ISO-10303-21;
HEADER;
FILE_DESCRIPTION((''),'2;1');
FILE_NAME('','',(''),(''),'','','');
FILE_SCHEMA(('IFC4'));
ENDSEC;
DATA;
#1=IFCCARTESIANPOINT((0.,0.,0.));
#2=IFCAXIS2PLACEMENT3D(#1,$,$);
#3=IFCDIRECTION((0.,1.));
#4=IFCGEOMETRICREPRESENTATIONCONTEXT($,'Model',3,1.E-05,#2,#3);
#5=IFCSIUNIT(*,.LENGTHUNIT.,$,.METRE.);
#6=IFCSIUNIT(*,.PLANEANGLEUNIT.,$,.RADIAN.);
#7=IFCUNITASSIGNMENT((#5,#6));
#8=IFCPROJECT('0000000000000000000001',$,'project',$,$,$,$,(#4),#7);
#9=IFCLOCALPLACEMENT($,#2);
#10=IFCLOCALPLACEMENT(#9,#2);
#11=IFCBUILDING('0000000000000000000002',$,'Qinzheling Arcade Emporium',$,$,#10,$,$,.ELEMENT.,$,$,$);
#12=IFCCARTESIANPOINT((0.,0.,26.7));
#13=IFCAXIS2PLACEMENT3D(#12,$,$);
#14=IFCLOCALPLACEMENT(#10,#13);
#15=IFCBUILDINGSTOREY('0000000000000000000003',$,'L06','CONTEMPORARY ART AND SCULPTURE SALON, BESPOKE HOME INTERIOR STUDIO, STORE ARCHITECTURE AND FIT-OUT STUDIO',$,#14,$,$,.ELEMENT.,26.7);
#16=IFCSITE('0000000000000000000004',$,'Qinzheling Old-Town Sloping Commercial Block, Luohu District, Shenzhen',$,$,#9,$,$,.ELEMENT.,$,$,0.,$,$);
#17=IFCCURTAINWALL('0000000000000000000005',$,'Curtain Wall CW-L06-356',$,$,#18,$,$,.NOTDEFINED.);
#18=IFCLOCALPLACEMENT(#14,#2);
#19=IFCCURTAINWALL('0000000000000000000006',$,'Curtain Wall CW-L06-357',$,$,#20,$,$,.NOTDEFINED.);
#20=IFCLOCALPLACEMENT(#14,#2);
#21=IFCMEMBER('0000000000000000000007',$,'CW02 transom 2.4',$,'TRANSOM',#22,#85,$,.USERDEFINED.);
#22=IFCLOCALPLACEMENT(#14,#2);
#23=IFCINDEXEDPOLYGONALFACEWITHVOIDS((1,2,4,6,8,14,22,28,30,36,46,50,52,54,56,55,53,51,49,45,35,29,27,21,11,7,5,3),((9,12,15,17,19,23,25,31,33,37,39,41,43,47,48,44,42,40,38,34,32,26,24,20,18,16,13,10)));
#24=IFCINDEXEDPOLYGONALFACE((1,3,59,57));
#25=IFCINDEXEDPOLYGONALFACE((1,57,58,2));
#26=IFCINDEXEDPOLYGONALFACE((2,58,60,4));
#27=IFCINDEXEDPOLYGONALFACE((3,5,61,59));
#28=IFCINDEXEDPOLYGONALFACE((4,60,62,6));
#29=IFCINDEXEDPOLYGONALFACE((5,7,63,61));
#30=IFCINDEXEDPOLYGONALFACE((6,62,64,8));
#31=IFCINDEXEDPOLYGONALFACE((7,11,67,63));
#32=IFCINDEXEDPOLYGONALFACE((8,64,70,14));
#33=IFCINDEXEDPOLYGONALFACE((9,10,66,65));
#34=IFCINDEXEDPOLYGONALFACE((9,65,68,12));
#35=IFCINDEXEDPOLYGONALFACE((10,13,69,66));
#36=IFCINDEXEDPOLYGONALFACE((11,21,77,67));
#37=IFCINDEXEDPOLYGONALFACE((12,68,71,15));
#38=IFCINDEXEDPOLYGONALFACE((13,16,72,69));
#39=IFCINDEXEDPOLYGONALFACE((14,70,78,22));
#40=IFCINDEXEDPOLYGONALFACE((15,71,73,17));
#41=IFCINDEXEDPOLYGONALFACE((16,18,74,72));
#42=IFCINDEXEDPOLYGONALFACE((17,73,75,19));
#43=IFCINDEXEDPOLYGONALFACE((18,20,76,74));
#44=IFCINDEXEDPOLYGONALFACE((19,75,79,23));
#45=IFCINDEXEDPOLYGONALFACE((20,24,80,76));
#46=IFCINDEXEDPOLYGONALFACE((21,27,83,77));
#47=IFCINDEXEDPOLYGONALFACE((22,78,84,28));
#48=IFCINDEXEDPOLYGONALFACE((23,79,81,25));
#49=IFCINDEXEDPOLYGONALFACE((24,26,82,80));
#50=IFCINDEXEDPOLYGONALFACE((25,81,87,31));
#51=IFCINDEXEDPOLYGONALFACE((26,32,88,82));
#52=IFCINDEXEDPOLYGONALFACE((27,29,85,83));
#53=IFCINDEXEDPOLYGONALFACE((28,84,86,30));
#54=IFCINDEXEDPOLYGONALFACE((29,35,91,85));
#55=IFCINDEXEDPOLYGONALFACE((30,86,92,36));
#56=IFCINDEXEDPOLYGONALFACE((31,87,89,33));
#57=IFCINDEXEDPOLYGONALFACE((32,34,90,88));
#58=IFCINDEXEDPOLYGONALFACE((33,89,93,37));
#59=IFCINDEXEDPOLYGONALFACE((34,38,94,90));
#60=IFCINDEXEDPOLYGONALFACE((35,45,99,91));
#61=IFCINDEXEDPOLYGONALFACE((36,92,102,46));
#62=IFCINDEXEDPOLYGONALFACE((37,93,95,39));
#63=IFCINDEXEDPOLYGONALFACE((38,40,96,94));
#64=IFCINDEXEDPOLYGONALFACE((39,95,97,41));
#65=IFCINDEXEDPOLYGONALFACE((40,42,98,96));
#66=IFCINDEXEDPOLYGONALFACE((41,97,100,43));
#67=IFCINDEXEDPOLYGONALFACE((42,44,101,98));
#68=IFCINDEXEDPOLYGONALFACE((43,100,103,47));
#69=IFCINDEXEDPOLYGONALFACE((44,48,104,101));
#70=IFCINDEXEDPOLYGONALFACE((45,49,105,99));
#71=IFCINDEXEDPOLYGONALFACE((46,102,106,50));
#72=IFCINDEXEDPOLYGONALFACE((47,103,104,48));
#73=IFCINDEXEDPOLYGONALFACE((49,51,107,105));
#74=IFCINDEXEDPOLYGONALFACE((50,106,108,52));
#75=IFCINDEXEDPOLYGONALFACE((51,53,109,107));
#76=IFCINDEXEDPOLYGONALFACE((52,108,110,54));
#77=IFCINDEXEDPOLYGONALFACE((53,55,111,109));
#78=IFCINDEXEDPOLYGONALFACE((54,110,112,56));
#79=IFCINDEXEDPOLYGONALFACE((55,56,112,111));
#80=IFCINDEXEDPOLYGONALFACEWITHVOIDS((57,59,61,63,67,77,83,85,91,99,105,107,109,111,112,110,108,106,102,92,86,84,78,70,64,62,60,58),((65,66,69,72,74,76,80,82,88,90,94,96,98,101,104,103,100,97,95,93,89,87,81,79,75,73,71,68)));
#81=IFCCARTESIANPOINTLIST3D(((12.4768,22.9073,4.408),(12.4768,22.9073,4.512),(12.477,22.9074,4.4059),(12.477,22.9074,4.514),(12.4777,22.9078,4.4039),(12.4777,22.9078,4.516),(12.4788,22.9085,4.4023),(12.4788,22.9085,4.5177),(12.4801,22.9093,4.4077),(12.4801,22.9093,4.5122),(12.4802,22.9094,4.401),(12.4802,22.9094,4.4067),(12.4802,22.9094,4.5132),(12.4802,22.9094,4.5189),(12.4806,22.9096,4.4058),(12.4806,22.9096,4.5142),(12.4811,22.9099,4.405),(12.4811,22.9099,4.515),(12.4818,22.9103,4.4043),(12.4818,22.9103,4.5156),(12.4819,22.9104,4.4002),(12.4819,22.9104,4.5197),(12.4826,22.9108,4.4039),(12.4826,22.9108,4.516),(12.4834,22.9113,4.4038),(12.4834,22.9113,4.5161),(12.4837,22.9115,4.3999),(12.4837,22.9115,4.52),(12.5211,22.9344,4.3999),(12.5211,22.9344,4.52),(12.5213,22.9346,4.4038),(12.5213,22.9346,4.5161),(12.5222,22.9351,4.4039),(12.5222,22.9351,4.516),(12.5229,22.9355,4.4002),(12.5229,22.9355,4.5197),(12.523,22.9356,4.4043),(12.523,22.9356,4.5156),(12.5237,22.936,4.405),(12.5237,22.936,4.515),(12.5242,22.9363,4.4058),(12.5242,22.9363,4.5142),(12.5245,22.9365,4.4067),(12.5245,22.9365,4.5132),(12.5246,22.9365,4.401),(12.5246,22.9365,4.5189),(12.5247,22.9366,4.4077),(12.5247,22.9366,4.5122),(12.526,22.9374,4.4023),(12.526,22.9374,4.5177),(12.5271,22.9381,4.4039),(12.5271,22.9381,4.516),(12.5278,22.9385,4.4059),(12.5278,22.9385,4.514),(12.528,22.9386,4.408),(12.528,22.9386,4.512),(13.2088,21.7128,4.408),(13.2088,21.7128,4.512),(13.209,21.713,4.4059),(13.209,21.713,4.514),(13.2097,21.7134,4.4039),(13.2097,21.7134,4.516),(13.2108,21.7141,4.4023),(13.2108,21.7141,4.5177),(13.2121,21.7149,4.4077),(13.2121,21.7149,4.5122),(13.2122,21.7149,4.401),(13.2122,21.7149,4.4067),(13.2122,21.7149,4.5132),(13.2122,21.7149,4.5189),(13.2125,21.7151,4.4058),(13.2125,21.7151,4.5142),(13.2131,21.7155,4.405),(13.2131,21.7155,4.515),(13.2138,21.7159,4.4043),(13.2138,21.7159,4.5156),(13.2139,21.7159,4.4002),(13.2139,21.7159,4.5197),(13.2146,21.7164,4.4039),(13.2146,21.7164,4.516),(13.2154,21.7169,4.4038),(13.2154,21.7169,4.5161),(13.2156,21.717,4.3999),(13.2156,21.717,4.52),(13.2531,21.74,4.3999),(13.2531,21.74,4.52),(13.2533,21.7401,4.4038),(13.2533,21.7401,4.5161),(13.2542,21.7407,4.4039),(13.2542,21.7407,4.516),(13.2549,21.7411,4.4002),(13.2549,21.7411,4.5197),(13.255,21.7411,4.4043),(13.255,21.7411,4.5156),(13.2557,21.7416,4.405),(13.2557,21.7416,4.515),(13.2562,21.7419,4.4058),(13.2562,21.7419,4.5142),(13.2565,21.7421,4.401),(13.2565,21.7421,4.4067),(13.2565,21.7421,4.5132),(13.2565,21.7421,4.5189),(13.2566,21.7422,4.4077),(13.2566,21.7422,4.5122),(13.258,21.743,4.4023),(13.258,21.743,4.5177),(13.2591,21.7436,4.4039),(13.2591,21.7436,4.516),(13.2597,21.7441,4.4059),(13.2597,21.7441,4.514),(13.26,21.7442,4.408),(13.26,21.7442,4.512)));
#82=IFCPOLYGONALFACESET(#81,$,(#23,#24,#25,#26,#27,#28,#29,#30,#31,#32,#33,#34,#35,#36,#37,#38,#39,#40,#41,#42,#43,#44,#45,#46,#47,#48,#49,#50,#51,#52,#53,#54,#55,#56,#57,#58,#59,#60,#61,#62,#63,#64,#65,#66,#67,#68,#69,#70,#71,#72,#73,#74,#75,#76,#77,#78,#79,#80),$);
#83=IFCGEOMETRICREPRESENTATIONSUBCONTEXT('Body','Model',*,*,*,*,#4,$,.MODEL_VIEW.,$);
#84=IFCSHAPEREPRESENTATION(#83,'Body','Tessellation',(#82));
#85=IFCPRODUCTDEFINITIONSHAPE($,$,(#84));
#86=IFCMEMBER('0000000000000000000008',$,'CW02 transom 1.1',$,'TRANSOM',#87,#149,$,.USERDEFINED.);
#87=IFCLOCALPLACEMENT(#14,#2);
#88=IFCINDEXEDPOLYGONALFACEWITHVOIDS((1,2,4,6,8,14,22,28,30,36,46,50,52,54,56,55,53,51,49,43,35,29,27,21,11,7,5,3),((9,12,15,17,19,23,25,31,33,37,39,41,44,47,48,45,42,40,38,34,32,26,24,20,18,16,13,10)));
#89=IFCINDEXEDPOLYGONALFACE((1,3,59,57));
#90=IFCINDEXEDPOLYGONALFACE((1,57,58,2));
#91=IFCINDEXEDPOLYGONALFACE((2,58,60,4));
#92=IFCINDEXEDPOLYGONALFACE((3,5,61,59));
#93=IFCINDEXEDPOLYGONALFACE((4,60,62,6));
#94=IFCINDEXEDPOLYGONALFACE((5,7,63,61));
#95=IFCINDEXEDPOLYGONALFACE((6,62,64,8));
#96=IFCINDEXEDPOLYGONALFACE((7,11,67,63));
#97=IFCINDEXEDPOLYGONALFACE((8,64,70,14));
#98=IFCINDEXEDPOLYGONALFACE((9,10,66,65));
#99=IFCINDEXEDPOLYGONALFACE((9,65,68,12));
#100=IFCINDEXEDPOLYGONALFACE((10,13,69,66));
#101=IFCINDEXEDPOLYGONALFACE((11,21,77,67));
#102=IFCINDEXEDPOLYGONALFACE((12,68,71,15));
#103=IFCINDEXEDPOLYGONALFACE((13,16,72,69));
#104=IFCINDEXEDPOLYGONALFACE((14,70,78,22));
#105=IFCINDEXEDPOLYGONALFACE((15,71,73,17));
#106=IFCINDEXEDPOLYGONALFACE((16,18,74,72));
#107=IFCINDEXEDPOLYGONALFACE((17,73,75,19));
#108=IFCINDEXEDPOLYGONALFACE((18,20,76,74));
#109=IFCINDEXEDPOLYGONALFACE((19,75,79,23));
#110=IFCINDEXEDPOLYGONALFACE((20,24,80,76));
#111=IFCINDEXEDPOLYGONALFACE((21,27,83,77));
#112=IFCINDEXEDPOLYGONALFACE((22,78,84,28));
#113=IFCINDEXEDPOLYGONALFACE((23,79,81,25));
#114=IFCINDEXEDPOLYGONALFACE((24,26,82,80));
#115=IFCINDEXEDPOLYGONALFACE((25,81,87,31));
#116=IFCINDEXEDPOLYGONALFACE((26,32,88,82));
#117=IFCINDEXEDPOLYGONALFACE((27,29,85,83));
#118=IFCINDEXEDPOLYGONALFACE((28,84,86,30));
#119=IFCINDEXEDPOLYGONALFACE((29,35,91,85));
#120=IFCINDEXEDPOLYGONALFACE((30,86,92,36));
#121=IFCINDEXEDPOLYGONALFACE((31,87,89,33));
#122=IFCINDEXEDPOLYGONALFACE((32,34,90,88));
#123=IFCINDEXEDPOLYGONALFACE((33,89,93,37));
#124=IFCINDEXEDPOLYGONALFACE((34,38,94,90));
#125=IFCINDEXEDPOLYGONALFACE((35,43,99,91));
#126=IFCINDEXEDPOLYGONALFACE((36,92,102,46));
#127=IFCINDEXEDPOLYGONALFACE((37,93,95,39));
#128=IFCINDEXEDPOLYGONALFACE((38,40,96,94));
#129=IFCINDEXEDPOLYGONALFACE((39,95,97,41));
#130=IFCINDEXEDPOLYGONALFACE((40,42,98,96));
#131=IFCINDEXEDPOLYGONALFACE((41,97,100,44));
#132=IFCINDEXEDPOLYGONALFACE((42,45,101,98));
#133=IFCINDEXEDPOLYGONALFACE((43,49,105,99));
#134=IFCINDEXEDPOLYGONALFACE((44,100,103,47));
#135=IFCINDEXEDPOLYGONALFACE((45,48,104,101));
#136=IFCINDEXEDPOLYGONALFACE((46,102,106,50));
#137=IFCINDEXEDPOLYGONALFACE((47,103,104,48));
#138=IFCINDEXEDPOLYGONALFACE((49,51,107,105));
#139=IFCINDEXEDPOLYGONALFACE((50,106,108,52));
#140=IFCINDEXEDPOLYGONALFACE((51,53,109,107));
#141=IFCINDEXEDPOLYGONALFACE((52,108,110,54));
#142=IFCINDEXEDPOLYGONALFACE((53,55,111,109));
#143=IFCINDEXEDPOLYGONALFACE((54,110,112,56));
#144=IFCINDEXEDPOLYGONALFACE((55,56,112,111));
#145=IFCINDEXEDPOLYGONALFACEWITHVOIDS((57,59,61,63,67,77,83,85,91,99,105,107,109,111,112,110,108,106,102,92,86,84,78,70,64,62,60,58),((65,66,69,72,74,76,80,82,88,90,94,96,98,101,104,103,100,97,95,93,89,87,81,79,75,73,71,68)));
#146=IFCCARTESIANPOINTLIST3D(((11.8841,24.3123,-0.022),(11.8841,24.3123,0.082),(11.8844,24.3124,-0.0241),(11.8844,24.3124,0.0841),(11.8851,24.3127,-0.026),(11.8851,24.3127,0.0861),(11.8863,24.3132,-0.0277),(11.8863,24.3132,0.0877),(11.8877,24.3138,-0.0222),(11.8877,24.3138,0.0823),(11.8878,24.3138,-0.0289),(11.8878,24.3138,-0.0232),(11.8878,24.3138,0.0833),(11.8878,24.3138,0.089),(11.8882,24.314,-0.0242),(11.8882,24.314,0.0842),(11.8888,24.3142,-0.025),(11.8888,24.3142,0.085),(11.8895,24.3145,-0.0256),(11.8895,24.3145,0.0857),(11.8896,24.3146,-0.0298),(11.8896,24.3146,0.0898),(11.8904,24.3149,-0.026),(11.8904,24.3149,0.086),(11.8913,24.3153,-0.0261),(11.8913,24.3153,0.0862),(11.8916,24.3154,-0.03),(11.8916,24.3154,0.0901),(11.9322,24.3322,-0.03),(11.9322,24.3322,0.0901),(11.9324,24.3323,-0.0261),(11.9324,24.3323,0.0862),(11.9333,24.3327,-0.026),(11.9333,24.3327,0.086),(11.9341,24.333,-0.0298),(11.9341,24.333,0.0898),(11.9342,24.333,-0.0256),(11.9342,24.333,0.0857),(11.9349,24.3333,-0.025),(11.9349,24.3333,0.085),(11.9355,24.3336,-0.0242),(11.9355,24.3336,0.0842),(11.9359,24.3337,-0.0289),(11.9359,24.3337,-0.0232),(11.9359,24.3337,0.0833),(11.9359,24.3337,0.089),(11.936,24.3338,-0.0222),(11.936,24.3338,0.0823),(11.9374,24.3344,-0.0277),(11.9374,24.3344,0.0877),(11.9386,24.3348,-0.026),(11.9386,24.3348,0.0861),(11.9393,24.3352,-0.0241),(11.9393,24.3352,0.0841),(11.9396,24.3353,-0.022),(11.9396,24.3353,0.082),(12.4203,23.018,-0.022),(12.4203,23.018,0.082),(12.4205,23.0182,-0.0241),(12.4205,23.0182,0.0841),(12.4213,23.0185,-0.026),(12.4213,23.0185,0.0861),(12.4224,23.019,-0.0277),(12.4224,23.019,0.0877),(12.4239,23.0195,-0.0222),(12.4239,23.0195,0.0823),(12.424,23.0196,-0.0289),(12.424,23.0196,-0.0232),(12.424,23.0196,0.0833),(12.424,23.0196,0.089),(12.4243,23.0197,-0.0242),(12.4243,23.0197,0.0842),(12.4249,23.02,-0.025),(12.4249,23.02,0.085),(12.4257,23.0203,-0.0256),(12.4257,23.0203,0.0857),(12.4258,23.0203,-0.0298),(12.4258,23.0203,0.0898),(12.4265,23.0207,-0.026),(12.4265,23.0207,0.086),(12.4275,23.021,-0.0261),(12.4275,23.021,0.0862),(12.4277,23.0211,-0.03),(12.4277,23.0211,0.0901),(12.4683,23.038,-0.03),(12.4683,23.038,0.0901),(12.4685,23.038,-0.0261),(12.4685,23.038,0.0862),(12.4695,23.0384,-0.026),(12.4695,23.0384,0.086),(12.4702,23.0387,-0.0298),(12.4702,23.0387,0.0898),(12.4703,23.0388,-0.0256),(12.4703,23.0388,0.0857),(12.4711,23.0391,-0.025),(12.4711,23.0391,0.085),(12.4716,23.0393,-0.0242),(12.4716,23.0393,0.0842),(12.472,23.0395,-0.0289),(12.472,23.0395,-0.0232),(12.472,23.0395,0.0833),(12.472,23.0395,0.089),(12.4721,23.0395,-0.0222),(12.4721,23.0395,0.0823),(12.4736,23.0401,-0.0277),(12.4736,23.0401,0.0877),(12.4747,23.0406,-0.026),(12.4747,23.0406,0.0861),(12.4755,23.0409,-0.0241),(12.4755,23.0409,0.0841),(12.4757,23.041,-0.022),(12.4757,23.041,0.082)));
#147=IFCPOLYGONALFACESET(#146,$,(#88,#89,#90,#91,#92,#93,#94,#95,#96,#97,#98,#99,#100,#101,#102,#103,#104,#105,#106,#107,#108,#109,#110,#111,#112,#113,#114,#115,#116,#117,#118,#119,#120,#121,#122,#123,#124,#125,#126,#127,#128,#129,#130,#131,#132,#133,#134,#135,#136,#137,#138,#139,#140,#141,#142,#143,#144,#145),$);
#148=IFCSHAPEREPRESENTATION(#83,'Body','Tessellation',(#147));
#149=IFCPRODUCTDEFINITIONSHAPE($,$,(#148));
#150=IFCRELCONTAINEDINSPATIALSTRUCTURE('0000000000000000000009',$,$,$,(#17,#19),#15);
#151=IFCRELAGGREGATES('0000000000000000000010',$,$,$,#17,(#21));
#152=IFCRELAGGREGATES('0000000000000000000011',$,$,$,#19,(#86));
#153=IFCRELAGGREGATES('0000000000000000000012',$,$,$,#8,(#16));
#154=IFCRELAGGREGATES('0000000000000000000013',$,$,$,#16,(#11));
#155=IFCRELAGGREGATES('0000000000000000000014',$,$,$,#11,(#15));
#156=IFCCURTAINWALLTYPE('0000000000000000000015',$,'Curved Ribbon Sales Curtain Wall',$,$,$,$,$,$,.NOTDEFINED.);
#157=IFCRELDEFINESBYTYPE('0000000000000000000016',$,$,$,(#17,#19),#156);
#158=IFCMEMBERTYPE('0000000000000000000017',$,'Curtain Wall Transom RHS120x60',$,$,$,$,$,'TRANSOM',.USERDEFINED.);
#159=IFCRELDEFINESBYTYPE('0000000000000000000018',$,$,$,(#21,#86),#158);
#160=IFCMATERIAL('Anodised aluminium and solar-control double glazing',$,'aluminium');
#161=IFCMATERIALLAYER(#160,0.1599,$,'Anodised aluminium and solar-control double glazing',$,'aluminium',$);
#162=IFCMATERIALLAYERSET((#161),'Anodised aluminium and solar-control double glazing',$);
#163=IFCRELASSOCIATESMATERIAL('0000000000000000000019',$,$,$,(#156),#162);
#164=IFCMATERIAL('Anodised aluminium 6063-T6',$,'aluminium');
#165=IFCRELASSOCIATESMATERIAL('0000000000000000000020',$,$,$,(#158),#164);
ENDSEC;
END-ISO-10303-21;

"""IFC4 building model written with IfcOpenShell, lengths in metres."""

from ifc_helpers import new_model, si_unit, direction, frame, origin, origin_2d, place, context, subcontext, project, spatial, hollow_rectangle, extrude, material, layer, layer_set, material_profile, profile_set, type_object, element, aggregate, save


model = new_model("IFC4")

# Units and contexts
model_context = context("Model", 3, precision=1e-05, world=origin(), true_north=direction((0.0, 1.0)))
body_context = subcontext(model_context, "Body", "Model", "MODEL_VIEW")
ifc_project = project(units=[si_unit("LENGTHUNIT", "METRE"), si_unit("PLANEANGLEUNIT", "RADIAN")], contexts=[model_context])

# Site, building, storey
site_placement = place(None, origin())
site = spatial("IfcSite", under=ifc_project, at=site_placement, Name="Qinzheling Old-Town Sloping Commercial Block, Luohu District, Shenzhen", CompositionType="ELEMENT", RefElevation=0.0)
building_placement = place(site_placement, origin())
building = spatial("IfcBuilding", under=site, at=building_placement, Name="Qinzheling Arcade Emporium", CompositionType="ELEMENT")
storey_placement = place(building_placement, frame((0.0, 0.0, 26.7)))
storey = spatial("IfcBuildingStorey", under=building, at=storey_placement, Name="L06", Description="CONTEMPORARY ART AND SCULPTURE SALON, BESPOKE HOME INTERIOR STUDIO, STORE ARCHITECTURE AND FIT-OUT STUDIO", CompositionType="ELEMENT", Elevation=26.7)

# Curtain walls
ifc_material_1 = material(Name="Anodised aluminium and solar-control double glazing", Category="aluminium")
ifc_layer_1 = layer(ifc_material_1, 0.1599, Name="Anodised aluminium and solar-control double glazing", Category="aluminium")
ifc_layer_set_1 = layer_set([ifc_layer_1], Name="Anodised aluminium and solar-control double glazing")
curtain_wall_type = type_object("IfcCurtainWallType", Name="Curved Ribbon Sales Curtain Wall", PredefinedType="NOTDEFINED", material=ifc_layer_set_1)
curtain_wall_1_placement = place(storey_placement, origin())
curtain_wall_1 = element("IfcCurtainWall", 1, at=curtain_wall_1_placement, inside=storey, type_object=curtain_wall_type, Name="Curtain Wall CW-L06-356", PredefinedType="NOTDEFINED")
ifc_material_2 = material(Name="Anodised aluminium 6063-T6", Category="aluminium")
curtain_wall_2_placement = place(storey_placement, origin())
curtain_wall_2 = element("IfcCurtainWall", 2, at=curtain_wall_2_placement, inside=storey, type_object=curtain_wall_type, Name="Curtain Wall CW-L06-357", PredefinedType="NOTDEFINED")

# Members
ifc_material_profile_1 = material_profile(ifc_material_2, hollow_rectangle(XDim=0.0601, YDim=0.1201, WallThickness=0.0039, InnerFilletRadius=0.0039, OuterFilletRadius=0.0081, at=origin_2d()), Name="RHS 120x60x4", Category="aluminium")
ifc_profile_set_1 = profile_set([ifc_material_profile_1], Name="Anodised aluminium 6063-T6")
member_type_1 = type_object("IfcMemberType", Name="Curtain Wall Transom RHS120x60", ElementType="TRANSOM", PredefinedType="USERDEFINED", material=ifc_profile_set_1)
member_1_placement = place(storey_placement, frame((13.2344, 21.7285, 4.46), z_axis=(-0.522521, 0.852626, 0.0), x_axis=(-0.852626, -0.522521, 0.0)))
member_1 = element("IfcMember", 3, at=member_1_placement, type_object=member_type_1, Name="CW02 transom 2.4", ObjectType="TRANSOM", PredefinedType="USERDEFINED", context=body_context, shape_type="SweptSolid", body=[
    extrude(hollow_rectangle(XDim=0.0601, YDim=0.1201, WallThickness=0.0039, InnerFilletRadius=0.0039, OuterFilletRadius=0.0081, at=origin_2d()), origin(), (0.0, 0.0, 1.0), 1.4009),
])
member_2_placement = place(storey_placement, frame((12.448, 23.0295, 0.03), z_axis=(-0.382721, 0.923864, 0.0), x_axis=(-0.923864, -0.382721, 0.0)))
member_2 = element("IfcMember", 4, at=member_2_placement, type_object=member_type_1, Name="CW02 transom 1.1", ObjectType="TRANSOM", PredefinedType="USERDEFINED", context=body_context, shape_type="SweptSolid", body=[
    extrude(hollow_rectangle(XDim=0.0601, YDim=0.1201, WallThickness=0.0039, InnerFilletRadius=0.0039, OuterFilletRadius=0.0081, at=origin_2d()), origin(), (0.0, 0.0, 1.0), 1.4009),
])

aggregate(curtain_wall_1, [member_1])
aggregate(curtain_wall_2, [member_2])

save(model, "model.ifc")
